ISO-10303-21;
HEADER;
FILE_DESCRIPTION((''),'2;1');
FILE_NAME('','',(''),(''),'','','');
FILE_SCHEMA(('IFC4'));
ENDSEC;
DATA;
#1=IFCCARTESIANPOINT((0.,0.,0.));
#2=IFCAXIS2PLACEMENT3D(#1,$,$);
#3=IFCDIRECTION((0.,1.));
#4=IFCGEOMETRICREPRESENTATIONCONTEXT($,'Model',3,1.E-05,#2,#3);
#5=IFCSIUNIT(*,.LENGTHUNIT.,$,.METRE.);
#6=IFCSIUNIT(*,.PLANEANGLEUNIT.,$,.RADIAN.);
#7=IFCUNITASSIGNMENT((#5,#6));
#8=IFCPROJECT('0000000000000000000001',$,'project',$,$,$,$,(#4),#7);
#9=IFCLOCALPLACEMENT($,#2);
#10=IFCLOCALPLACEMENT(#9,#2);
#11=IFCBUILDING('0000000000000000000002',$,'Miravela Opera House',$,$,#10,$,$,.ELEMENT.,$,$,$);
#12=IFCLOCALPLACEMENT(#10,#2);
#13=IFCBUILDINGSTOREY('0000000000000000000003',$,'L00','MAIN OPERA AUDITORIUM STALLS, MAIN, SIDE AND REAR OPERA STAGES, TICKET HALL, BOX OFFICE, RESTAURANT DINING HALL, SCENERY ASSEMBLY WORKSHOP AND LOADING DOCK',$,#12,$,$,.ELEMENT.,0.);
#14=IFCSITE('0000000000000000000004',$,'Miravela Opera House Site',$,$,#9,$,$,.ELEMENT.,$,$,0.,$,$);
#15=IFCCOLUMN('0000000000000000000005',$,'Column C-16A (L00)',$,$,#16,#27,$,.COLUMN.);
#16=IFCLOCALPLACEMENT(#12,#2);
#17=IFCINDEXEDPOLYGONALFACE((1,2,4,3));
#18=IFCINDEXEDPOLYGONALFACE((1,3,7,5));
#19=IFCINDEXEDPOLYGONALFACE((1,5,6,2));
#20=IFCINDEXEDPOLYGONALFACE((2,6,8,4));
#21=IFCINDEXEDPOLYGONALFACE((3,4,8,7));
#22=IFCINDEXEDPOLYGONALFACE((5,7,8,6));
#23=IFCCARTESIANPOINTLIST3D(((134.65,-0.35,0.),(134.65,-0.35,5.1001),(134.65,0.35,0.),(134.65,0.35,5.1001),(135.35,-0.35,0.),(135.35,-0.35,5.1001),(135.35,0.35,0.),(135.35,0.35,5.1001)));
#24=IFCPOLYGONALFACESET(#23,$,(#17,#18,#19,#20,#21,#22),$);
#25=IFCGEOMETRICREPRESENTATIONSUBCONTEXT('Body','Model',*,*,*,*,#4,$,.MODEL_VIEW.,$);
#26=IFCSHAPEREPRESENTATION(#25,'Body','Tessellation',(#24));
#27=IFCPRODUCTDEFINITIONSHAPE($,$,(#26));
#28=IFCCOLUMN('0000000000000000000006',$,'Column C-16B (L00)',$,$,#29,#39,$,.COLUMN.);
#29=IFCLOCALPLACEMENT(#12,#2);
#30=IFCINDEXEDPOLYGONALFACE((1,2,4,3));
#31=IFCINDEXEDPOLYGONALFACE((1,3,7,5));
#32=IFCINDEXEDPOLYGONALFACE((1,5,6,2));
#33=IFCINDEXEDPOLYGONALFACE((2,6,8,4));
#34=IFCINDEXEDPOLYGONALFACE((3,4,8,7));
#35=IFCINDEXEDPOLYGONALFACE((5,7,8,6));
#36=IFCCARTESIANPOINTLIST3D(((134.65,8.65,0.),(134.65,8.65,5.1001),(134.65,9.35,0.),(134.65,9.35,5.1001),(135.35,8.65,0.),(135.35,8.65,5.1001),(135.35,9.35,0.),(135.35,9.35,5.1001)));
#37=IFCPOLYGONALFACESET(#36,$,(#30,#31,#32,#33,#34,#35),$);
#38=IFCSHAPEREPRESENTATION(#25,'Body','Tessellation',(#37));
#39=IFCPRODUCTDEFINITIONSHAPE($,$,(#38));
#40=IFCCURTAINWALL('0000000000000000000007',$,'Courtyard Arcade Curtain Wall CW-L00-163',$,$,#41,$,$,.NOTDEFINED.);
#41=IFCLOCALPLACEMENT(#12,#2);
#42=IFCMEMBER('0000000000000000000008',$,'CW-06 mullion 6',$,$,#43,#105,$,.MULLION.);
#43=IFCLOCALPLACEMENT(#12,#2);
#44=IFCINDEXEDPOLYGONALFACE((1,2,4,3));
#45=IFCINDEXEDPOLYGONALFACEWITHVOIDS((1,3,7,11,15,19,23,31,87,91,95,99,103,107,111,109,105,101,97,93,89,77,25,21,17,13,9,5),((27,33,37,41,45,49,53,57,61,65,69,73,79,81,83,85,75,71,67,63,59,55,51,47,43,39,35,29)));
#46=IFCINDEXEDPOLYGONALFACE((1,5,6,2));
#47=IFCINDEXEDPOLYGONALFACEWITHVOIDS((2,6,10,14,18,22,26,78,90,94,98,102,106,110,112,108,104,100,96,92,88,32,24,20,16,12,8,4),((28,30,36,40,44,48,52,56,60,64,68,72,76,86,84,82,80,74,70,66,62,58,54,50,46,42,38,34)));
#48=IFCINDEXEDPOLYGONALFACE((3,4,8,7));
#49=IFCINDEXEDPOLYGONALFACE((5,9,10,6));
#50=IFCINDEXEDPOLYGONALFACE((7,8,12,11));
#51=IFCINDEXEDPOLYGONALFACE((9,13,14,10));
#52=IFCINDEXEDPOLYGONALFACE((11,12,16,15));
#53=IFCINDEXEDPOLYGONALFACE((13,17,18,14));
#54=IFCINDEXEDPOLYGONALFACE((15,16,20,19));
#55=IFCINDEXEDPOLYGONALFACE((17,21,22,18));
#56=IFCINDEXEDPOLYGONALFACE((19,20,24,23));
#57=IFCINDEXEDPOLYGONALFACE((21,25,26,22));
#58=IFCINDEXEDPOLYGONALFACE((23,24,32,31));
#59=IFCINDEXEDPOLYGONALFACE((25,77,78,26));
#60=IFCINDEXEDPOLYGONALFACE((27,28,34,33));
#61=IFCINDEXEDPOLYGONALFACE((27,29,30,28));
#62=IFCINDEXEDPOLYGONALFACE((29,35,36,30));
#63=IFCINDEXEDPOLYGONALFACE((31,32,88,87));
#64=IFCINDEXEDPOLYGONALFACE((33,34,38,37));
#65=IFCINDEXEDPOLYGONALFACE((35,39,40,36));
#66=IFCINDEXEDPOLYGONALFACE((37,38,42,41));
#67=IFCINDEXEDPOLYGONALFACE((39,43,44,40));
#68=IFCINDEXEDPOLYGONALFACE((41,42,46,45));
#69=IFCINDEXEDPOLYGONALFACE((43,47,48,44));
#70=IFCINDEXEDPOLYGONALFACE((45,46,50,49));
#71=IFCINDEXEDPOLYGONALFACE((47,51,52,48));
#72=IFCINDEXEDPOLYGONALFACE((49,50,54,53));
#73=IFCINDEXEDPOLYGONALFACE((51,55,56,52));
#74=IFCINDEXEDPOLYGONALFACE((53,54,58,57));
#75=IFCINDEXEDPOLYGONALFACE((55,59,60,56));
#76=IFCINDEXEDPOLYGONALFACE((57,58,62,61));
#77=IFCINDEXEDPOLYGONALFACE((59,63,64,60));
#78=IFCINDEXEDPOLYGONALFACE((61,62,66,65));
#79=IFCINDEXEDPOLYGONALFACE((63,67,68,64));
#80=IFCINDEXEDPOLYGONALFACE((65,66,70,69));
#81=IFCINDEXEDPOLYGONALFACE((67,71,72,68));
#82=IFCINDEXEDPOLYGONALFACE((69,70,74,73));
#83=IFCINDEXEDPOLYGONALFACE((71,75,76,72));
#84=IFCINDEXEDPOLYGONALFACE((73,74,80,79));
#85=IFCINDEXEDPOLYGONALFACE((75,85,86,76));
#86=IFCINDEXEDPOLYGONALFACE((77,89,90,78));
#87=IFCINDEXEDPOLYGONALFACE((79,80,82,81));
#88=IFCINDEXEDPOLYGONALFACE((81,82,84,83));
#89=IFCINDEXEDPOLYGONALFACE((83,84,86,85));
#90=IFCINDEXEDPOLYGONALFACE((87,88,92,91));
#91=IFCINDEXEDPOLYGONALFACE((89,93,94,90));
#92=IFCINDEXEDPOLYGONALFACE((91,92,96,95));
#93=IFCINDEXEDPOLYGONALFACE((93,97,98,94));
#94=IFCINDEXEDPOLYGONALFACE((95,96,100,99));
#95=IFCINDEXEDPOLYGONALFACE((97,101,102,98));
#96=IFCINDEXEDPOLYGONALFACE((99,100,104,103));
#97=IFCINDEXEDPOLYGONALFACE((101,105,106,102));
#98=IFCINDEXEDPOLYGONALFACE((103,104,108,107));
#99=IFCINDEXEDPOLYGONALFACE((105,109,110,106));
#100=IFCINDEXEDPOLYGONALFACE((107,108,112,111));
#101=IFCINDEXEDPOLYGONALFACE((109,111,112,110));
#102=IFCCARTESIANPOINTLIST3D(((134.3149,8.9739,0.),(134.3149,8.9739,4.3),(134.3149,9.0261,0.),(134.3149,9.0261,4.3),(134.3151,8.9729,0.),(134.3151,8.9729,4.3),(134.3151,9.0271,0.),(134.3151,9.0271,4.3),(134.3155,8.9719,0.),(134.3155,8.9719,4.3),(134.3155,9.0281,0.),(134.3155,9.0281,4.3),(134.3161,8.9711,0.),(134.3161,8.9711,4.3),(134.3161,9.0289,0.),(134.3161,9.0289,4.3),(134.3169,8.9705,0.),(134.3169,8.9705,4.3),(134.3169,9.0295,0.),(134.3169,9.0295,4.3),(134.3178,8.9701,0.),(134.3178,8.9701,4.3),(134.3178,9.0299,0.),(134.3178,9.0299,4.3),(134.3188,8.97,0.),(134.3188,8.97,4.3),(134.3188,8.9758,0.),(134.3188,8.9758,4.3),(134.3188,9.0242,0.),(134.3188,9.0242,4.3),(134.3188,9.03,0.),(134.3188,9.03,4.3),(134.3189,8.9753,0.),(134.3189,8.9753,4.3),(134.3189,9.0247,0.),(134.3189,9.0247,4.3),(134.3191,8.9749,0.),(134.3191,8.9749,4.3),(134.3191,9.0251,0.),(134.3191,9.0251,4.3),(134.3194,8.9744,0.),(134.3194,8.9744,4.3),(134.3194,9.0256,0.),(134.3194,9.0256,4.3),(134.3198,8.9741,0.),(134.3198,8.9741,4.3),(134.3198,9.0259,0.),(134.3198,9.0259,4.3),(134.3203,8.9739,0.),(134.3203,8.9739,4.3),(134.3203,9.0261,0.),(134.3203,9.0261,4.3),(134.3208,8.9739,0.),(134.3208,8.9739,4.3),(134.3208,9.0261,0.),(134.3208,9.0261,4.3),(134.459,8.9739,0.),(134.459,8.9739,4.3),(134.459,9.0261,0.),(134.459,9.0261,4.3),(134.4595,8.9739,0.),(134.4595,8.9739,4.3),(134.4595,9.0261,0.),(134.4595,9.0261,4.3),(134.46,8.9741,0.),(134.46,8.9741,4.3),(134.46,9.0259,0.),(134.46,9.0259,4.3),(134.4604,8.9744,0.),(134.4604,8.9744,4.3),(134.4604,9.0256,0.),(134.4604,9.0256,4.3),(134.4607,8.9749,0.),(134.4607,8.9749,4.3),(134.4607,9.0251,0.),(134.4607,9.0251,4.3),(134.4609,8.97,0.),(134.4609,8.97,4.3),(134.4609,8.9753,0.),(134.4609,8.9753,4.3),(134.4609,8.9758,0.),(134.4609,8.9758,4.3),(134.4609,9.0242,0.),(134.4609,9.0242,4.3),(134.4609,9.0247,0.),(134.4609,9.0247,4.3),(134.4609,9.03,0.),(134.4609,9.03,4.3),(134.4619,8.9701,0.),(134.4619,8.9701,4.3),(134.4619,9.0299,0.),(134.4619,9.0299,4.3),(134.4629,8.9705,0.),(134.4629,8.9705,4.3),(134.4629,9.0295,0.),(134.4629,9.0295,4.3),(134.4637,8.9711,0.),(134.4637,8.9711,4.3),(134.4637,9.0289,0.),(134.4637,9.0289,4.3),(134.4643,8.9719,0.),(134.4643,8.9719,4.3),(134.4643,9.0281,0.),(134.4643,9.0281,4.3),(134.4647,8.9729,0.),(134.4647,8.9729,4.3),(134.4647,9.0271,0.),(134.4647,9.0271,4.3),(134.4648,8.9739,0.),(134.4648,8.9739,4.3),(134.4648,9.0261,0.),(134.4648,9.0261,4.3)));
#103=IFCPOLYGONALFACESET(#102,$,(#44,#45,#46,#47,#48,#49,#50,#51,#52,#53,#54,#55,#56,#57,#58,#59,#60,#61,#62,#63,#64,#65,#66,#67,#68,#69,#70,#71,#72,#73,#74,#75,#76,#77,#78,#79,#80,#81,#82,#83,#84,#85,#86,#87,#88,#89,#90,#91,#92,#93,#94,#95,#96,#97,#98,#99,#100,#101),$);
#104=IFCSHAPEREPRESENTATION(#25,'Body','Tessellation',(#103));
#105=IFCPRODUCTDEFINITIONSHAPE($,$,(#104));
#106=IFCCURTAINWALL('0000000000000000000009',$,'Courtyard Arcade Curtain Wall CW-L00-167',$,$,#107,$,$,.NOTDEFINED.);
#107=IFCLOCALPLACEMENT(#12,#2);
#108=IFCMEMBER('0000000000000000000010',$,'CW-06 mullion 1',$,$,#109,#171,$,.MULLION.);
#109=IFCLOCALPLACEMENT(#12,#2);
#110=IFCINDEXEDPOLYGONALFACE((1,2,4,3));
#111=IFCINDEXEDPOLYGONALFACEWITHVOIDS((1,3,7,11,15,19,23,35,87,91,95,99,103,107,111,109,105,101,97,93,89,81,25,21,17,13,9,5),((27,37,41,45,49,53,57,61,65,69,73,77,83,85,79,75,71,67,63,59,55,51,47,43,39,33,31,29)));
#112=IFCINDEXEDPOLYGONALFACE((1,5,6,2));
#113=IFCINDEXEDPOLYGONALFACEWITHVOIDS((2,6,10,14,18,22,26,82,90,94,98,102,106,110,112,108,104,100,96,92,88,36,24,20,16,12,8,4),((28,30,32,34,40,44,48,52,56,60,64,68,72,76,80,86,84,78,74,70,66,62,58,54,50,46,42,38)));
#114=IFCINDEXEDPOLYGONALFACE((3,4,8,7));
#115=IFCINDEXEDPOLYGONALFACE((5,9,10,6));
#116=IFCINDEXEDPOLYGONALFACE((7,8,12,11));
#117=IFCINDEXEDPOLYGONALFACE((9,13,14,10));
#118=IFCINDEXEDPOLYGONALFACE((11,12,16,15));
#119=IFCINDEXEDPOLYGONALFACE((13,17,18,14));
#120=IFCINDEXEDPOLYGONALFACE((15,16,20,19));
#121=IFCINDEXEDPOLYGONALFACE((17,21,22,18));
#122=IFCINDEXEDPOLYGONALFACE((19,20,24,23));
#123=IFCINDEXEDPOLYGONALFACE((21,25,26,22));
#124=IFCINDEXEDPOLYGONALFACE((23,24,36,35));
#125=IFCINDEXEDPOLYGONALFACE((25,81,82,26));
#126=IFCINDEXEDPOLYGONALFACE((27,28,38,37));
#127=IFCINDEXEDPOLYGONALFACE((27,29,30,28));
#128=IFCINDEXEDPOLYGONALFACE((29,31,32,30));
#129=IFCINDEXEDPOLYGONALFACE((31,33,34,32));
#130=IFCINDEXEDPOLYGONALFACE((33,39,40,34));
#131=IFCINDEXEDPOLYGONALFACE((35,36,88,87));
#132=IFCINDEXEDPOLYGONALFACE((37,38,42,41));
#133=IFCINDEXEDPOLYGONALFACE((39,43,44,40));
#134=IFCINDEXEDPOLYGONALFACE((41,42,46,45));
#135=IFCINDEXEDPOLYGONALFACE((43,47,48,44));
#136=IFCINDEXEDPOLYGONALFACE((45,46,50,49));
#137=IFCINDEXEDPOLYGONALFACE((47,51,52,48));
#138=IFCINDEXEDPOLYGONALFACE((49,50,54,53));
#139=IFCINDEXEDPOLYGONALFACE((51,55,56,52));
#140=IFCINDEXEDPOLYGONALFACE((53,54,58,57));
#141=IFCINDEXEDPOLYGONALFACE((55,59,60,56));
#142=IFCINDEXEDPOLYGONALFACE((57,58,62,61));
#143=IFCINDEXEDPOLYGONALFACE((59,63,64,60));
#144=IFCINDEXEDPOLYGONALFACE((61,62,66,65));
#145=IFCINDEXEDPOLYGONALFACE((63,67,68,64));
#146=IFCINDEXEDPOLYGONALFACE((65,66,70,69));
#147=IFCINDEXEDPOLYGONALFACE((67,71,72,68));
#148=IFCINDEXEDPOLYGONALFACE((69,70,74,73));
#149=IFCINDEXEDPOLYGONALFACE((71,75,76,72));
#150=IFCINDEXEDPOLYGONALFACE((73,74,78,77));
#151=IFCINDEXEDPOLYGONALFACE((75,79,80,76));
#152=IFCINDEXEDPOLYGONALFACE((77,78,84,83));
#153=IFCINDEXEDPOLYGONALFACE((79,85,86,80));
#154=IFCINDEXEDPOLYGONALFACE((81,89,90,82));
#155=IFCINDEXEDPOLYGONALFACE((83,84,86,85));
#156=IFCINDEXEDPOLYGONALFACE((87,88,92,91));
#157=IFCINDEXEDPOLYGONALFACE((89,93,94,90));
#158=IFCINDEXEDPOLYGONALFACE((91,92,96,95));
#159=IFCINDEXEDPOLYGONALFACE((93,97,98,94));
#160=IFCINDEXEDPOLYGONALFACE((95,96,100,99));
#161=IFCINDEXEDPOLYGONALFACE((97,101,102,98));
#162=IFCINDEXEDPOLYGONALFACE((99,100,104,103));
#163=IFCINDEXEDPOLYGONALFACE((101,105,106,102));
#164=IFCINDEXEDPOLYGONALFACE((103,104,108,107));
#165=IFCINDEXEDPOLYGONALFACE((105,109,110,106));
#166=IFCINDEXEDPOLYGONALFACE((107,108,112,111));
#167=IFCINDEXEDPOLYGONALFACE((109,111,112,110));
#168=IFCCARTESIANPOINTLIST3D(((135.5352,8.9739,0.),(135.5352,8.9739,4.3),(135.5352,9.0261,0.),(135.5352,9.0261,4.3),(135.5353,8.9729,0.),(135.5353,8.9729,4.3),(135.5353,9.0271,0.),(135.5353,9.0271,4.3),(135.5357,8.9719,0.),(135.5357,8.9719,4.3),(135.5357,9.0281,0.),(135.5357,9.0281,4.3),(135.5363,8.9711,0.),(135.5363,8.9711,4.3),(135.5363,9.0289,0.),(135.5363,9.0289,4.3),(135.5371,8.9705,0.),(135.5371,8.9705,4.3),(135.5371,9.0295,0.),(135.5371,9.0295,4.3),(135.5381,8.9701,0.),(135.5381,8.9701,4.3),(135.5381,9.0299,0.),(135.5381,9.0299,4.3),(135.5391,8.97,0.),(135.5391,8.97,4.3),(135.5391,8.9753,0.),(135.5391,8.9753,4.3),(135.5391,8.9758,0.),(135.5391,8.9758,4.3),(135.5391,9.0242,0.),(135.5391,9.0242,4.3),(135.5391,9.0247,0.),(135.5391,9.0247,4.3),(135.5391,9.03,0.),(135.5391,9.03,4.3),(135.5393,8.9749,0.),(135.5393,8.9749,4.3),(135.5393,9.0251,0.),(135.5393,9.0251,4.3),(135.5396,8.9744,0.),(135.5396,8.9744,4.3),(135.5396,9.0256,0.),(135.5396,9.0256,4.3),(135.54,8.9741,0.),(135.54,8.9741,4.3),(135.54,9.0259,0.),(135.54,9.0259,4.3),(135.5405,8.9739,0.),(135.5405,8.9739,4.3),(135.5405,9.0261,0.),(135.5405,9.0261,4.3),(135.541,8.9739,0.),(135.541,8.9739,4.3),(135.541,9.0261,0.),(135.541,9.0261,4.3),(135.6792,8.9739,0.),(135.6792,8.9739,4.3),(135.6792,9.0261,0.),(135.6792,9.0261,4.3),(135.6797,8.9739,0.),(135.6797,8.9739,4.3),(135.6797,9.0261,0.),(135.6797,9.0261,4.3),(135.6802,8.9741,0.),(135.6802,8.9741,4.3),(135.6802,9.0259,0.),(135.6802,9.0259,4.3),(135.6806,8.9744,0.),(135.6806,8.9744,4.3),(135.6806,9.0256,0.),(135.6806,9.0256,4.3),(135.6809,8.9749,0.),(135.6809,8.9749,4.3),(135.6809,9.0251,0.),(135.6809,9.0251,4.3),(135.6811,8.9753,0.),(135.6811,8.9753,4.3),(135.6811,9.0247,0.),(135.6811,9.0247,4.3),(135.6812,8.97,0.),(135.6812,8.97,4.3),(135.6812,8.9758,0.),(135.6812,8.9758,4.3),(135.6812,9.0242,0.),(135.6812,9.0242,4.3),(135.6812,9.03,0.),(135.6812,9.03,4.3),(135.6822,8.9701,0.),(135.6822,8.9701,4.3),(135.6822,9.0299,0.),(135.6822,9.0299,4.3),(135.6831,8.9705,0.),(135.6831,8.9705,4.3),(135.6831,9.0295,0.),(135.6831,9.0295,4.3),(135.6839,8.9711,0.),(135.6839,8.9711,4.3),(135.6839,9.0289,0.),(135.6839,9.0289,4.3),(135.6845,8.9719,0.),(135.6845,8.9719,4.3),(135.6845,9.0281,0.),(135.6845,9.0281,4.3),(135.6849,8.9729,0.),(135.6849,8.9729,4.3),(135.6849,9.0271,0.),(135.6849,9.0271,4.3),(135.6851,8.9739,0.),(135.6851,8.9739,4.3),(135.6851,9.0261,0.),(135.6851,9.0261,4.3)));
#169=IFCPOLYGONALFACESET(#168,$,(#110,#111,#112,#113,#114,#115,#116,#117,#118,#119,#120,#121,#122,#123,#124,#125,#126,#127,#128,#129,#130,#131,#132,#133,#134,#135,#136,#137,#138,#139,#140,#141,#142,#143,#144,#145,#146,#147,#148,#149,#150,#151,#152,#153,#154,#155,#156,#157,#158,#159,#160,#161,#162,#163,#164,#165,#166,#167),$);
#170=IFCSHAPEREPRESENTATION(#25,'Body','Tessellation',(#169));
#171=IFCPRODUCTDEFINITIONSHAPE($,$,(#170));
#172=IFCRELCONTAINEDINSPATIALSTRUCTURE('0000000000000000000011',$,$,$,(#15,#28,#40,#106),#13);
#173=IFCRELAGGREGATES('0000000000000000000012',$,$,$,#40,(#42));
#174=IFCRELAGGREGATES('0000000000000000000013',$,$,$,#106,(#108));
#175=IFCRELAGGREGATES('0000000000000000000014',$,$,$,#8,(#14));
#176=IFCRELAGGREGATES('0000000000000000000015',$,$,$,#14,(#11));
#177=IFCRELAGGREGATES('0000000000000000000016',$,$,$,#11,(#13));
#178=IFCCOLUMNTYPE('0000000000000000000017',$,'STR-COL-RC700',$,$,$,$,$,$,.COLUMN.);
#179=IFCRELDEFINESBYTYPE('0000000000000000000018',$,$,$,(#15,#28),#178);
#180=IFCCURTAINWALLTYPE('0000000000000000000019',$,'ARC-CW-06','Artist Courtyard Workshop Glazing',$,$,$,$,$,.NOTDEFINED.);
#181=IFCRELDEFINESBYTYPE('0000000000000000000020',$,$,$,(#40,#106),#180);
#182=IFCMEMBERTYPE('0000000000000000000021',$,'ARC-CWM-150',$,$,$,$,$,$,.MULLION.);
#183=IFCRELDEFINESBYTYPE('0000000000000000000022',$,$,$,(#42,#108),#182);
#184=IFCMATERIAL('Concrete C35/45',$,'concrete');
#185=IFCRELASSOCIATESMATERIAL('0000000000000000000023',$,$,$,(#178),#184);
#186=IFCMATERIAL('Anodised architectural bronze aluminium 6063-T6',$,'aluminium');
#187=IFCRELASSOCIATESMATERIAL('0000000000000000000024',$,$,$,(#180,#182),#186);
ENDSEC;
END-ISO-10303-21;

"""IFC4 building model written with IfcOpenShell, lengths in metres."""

from ifc_helpers import new_model, si_unit, direction, frame, origin, origin_2d, place, context, subcontext, project, spatial, rectangle, hollow_rectangle, extrude, material, material_profile, profile_set, type_object, element, aggregate, save


model = new_model("IFC4")

# Units and contexts
model_context = context("Model", 3, precision=1e-05, world=origin(), true_north=direction((0.0, 1.0)))
body_context = subcontext(model_context, "Body", "Model", "MODEL_VIEW")
ifc_project = project(units=[si_unit("LENGTHUNIT", "METRE"), si_unit("PLANEANGLEUNIT", "RADIAN")], contexts=[model_context])

# Site, building, storey
site_placement = place(None, origin())
site = spatial("IfcSite", under=ifc_project, at=site_placement, Name="Miravela Opera House Site", CompositionType="ELEMENT", RefElevation=0.0)
building_placement = place(site_placement, origin())
building = spatial("IfcBuilding", under=site, at=building_placement, Name="Miravela Opera House", CompositionType="ELEMENT")
storey_placement = place(building_placement, origin())
storey = spatial("IfcBuildingStorey", under=building, at=storey_placement, Name="L00", Description="MAIN OPERA AUDITORIUM STALLS, MAIN, SIDE AND REAR OPERA STAGES, TICKET HALL, BOX OFFICE, RESTAURANT DINING HALL, SCENERY ASSEMBLY WORKSHOP AND LOADING DOCK", CompositionType="ELEMENT", Elevation=0.0)

# Columns
ifc_material_1 = material(Name="Concrete C35/45", Category="concrete")
ifc_material_profile_1 = material_profile(ifc_material_1, rectangle(XDim=0.7, YDim=0.7, at=origin_2d()), Name="RC-COL-700X700")
ifc_profile_set_1 = profile_set([ifc_material_profile_1])
column_type = type_object("IfcColumnType", Name="STR-COL-RC700", PredefinedType="COLUMN", material=ifc_profile_set_1)
for number, where, z_axis, x_axis, name in (
    (1, (135.0, 0.0, 0.0), (0.0, 0.0, 1.0), (1.0, 0.0, 0.0), "Column C-16A (L00)"),
    (2, (135.0, 9.0, 0.0), (0.0, 0.0, 1.0), (1.0, 0.0, 0.0), "Column C-16B (L00)"),
):
    element("IfcColumn", number, at=place(storey_placement, frame(where, z_axis=z_axis, x_axis=x_axis)), inside=storey, type_object=column_type, Name=name, PredefinedType="COLUMN", context=body_context, shape_type="SweptSolid", body=[
        extrude(rectangle(XDim=0.7, YDim=0.7, at=origin_2d()), origin(), (0.0, 0.0, 1.0), 5.1001),
    ])

# Curtain wall, member
ifc_material_2 = material(Name="Anodised architectural bronze aluminium 6063-T6", Category="aluminium")
curtain_wall_type = type_object("IfcCurtainWallType", Name="ARC-CW-06", Description="Artist Courtyard Workshop Glazing", PredefinedType="NOTDEFINED", material=ifc_material_2)
curtain_wall_1_placement = place(storey_placement, origin())
curtain_wall_1 = element("IfcCurtainWall", 3, at=curtain_wall_1_placement, inside=storey, type_object=curtain_wall_type, Name="Courtyard Arcade Curtain Wall CW-L00-163", PredefinedType="NOTDEFINED")
ifc_material_profile_2 = material_profile(ifc_material_2, hollow_rectangle(XDim=0.0601, YDim=0.1499, WallThickness=0.0039, InnerFilletRadius=0.002, OuterFilletRadius=0.0039, at=origin_2d()), Name="CWM-60X150")
ifc_profile_set_2 = profile_set([ifc_material_profile_2])
member_type_1 = type_object("IfcMemberType", Name="ARC-CWM-150", PredefinedType="MULLION", material=ifc_profile_set_2)
member_1_placement = place(storey_placement, frame((134.3899, 9.0, 0.0), z_axis=(0.0, 0.0, 1.0), x_axis=(0.0, 1.0, 0.0)))
member_1 = element("IfcMember", 4, at=member_1_placement, type_object=member_type_1, Name="CW-06 mullion 6", PredefinedType="MULLION", context=body_context, shape_type="SweptSolid", body=[
    extrude(hollow_rectangle(XDim=0.0601, YDim=0.1499, WallThickness=0.0039, InnerFilletRadius=0.002, OuterFilletRadius=0.0039, at=origin_2d()), origin(), (0.0, 0.0, 1.0), 4.3),
])
aggregate(curtain_wall_1, [member_1])

# Curtain wall, member
curtain_wall_2_placement = place(storey_placement, origin())
curtain_wall_2 = element("IfcCurtainWall", 5, at=curtain_wall_2_placement, inside=storey, type_object=curtain_wall_type, Name="Courtyard Arcade Curtain Wall CW-L00-167", PredefinedType="NOTDEFINED")
member_2_placement = place(storey_placement, frame((135.6101, 9.0, 0.0), z_axis=(0.0, 0.0, 1.0), x_axis=(0.0, 1.0, 0.0)))
member_2 = element("IfcMember", 6, at=member_2_placement, type_object=member_type_1, Name="CW-06 mullion 1", PredefinedType="MULLION", context=body_context, shape_type="SweptSolid", body=[
    extrude(hollow_rectangle(XDim=0.0601, YDim=0.1499, WallThickness=0.0039, InnerFilletRadius=0.002, OuterFilletRadius=0.0039, at=origin_2d()), origin(), (0.0, 0.0, 1.0), 4.3),
])

aggregate(curtain_wall_2, [member_2])

save(model, "model.ifc")
